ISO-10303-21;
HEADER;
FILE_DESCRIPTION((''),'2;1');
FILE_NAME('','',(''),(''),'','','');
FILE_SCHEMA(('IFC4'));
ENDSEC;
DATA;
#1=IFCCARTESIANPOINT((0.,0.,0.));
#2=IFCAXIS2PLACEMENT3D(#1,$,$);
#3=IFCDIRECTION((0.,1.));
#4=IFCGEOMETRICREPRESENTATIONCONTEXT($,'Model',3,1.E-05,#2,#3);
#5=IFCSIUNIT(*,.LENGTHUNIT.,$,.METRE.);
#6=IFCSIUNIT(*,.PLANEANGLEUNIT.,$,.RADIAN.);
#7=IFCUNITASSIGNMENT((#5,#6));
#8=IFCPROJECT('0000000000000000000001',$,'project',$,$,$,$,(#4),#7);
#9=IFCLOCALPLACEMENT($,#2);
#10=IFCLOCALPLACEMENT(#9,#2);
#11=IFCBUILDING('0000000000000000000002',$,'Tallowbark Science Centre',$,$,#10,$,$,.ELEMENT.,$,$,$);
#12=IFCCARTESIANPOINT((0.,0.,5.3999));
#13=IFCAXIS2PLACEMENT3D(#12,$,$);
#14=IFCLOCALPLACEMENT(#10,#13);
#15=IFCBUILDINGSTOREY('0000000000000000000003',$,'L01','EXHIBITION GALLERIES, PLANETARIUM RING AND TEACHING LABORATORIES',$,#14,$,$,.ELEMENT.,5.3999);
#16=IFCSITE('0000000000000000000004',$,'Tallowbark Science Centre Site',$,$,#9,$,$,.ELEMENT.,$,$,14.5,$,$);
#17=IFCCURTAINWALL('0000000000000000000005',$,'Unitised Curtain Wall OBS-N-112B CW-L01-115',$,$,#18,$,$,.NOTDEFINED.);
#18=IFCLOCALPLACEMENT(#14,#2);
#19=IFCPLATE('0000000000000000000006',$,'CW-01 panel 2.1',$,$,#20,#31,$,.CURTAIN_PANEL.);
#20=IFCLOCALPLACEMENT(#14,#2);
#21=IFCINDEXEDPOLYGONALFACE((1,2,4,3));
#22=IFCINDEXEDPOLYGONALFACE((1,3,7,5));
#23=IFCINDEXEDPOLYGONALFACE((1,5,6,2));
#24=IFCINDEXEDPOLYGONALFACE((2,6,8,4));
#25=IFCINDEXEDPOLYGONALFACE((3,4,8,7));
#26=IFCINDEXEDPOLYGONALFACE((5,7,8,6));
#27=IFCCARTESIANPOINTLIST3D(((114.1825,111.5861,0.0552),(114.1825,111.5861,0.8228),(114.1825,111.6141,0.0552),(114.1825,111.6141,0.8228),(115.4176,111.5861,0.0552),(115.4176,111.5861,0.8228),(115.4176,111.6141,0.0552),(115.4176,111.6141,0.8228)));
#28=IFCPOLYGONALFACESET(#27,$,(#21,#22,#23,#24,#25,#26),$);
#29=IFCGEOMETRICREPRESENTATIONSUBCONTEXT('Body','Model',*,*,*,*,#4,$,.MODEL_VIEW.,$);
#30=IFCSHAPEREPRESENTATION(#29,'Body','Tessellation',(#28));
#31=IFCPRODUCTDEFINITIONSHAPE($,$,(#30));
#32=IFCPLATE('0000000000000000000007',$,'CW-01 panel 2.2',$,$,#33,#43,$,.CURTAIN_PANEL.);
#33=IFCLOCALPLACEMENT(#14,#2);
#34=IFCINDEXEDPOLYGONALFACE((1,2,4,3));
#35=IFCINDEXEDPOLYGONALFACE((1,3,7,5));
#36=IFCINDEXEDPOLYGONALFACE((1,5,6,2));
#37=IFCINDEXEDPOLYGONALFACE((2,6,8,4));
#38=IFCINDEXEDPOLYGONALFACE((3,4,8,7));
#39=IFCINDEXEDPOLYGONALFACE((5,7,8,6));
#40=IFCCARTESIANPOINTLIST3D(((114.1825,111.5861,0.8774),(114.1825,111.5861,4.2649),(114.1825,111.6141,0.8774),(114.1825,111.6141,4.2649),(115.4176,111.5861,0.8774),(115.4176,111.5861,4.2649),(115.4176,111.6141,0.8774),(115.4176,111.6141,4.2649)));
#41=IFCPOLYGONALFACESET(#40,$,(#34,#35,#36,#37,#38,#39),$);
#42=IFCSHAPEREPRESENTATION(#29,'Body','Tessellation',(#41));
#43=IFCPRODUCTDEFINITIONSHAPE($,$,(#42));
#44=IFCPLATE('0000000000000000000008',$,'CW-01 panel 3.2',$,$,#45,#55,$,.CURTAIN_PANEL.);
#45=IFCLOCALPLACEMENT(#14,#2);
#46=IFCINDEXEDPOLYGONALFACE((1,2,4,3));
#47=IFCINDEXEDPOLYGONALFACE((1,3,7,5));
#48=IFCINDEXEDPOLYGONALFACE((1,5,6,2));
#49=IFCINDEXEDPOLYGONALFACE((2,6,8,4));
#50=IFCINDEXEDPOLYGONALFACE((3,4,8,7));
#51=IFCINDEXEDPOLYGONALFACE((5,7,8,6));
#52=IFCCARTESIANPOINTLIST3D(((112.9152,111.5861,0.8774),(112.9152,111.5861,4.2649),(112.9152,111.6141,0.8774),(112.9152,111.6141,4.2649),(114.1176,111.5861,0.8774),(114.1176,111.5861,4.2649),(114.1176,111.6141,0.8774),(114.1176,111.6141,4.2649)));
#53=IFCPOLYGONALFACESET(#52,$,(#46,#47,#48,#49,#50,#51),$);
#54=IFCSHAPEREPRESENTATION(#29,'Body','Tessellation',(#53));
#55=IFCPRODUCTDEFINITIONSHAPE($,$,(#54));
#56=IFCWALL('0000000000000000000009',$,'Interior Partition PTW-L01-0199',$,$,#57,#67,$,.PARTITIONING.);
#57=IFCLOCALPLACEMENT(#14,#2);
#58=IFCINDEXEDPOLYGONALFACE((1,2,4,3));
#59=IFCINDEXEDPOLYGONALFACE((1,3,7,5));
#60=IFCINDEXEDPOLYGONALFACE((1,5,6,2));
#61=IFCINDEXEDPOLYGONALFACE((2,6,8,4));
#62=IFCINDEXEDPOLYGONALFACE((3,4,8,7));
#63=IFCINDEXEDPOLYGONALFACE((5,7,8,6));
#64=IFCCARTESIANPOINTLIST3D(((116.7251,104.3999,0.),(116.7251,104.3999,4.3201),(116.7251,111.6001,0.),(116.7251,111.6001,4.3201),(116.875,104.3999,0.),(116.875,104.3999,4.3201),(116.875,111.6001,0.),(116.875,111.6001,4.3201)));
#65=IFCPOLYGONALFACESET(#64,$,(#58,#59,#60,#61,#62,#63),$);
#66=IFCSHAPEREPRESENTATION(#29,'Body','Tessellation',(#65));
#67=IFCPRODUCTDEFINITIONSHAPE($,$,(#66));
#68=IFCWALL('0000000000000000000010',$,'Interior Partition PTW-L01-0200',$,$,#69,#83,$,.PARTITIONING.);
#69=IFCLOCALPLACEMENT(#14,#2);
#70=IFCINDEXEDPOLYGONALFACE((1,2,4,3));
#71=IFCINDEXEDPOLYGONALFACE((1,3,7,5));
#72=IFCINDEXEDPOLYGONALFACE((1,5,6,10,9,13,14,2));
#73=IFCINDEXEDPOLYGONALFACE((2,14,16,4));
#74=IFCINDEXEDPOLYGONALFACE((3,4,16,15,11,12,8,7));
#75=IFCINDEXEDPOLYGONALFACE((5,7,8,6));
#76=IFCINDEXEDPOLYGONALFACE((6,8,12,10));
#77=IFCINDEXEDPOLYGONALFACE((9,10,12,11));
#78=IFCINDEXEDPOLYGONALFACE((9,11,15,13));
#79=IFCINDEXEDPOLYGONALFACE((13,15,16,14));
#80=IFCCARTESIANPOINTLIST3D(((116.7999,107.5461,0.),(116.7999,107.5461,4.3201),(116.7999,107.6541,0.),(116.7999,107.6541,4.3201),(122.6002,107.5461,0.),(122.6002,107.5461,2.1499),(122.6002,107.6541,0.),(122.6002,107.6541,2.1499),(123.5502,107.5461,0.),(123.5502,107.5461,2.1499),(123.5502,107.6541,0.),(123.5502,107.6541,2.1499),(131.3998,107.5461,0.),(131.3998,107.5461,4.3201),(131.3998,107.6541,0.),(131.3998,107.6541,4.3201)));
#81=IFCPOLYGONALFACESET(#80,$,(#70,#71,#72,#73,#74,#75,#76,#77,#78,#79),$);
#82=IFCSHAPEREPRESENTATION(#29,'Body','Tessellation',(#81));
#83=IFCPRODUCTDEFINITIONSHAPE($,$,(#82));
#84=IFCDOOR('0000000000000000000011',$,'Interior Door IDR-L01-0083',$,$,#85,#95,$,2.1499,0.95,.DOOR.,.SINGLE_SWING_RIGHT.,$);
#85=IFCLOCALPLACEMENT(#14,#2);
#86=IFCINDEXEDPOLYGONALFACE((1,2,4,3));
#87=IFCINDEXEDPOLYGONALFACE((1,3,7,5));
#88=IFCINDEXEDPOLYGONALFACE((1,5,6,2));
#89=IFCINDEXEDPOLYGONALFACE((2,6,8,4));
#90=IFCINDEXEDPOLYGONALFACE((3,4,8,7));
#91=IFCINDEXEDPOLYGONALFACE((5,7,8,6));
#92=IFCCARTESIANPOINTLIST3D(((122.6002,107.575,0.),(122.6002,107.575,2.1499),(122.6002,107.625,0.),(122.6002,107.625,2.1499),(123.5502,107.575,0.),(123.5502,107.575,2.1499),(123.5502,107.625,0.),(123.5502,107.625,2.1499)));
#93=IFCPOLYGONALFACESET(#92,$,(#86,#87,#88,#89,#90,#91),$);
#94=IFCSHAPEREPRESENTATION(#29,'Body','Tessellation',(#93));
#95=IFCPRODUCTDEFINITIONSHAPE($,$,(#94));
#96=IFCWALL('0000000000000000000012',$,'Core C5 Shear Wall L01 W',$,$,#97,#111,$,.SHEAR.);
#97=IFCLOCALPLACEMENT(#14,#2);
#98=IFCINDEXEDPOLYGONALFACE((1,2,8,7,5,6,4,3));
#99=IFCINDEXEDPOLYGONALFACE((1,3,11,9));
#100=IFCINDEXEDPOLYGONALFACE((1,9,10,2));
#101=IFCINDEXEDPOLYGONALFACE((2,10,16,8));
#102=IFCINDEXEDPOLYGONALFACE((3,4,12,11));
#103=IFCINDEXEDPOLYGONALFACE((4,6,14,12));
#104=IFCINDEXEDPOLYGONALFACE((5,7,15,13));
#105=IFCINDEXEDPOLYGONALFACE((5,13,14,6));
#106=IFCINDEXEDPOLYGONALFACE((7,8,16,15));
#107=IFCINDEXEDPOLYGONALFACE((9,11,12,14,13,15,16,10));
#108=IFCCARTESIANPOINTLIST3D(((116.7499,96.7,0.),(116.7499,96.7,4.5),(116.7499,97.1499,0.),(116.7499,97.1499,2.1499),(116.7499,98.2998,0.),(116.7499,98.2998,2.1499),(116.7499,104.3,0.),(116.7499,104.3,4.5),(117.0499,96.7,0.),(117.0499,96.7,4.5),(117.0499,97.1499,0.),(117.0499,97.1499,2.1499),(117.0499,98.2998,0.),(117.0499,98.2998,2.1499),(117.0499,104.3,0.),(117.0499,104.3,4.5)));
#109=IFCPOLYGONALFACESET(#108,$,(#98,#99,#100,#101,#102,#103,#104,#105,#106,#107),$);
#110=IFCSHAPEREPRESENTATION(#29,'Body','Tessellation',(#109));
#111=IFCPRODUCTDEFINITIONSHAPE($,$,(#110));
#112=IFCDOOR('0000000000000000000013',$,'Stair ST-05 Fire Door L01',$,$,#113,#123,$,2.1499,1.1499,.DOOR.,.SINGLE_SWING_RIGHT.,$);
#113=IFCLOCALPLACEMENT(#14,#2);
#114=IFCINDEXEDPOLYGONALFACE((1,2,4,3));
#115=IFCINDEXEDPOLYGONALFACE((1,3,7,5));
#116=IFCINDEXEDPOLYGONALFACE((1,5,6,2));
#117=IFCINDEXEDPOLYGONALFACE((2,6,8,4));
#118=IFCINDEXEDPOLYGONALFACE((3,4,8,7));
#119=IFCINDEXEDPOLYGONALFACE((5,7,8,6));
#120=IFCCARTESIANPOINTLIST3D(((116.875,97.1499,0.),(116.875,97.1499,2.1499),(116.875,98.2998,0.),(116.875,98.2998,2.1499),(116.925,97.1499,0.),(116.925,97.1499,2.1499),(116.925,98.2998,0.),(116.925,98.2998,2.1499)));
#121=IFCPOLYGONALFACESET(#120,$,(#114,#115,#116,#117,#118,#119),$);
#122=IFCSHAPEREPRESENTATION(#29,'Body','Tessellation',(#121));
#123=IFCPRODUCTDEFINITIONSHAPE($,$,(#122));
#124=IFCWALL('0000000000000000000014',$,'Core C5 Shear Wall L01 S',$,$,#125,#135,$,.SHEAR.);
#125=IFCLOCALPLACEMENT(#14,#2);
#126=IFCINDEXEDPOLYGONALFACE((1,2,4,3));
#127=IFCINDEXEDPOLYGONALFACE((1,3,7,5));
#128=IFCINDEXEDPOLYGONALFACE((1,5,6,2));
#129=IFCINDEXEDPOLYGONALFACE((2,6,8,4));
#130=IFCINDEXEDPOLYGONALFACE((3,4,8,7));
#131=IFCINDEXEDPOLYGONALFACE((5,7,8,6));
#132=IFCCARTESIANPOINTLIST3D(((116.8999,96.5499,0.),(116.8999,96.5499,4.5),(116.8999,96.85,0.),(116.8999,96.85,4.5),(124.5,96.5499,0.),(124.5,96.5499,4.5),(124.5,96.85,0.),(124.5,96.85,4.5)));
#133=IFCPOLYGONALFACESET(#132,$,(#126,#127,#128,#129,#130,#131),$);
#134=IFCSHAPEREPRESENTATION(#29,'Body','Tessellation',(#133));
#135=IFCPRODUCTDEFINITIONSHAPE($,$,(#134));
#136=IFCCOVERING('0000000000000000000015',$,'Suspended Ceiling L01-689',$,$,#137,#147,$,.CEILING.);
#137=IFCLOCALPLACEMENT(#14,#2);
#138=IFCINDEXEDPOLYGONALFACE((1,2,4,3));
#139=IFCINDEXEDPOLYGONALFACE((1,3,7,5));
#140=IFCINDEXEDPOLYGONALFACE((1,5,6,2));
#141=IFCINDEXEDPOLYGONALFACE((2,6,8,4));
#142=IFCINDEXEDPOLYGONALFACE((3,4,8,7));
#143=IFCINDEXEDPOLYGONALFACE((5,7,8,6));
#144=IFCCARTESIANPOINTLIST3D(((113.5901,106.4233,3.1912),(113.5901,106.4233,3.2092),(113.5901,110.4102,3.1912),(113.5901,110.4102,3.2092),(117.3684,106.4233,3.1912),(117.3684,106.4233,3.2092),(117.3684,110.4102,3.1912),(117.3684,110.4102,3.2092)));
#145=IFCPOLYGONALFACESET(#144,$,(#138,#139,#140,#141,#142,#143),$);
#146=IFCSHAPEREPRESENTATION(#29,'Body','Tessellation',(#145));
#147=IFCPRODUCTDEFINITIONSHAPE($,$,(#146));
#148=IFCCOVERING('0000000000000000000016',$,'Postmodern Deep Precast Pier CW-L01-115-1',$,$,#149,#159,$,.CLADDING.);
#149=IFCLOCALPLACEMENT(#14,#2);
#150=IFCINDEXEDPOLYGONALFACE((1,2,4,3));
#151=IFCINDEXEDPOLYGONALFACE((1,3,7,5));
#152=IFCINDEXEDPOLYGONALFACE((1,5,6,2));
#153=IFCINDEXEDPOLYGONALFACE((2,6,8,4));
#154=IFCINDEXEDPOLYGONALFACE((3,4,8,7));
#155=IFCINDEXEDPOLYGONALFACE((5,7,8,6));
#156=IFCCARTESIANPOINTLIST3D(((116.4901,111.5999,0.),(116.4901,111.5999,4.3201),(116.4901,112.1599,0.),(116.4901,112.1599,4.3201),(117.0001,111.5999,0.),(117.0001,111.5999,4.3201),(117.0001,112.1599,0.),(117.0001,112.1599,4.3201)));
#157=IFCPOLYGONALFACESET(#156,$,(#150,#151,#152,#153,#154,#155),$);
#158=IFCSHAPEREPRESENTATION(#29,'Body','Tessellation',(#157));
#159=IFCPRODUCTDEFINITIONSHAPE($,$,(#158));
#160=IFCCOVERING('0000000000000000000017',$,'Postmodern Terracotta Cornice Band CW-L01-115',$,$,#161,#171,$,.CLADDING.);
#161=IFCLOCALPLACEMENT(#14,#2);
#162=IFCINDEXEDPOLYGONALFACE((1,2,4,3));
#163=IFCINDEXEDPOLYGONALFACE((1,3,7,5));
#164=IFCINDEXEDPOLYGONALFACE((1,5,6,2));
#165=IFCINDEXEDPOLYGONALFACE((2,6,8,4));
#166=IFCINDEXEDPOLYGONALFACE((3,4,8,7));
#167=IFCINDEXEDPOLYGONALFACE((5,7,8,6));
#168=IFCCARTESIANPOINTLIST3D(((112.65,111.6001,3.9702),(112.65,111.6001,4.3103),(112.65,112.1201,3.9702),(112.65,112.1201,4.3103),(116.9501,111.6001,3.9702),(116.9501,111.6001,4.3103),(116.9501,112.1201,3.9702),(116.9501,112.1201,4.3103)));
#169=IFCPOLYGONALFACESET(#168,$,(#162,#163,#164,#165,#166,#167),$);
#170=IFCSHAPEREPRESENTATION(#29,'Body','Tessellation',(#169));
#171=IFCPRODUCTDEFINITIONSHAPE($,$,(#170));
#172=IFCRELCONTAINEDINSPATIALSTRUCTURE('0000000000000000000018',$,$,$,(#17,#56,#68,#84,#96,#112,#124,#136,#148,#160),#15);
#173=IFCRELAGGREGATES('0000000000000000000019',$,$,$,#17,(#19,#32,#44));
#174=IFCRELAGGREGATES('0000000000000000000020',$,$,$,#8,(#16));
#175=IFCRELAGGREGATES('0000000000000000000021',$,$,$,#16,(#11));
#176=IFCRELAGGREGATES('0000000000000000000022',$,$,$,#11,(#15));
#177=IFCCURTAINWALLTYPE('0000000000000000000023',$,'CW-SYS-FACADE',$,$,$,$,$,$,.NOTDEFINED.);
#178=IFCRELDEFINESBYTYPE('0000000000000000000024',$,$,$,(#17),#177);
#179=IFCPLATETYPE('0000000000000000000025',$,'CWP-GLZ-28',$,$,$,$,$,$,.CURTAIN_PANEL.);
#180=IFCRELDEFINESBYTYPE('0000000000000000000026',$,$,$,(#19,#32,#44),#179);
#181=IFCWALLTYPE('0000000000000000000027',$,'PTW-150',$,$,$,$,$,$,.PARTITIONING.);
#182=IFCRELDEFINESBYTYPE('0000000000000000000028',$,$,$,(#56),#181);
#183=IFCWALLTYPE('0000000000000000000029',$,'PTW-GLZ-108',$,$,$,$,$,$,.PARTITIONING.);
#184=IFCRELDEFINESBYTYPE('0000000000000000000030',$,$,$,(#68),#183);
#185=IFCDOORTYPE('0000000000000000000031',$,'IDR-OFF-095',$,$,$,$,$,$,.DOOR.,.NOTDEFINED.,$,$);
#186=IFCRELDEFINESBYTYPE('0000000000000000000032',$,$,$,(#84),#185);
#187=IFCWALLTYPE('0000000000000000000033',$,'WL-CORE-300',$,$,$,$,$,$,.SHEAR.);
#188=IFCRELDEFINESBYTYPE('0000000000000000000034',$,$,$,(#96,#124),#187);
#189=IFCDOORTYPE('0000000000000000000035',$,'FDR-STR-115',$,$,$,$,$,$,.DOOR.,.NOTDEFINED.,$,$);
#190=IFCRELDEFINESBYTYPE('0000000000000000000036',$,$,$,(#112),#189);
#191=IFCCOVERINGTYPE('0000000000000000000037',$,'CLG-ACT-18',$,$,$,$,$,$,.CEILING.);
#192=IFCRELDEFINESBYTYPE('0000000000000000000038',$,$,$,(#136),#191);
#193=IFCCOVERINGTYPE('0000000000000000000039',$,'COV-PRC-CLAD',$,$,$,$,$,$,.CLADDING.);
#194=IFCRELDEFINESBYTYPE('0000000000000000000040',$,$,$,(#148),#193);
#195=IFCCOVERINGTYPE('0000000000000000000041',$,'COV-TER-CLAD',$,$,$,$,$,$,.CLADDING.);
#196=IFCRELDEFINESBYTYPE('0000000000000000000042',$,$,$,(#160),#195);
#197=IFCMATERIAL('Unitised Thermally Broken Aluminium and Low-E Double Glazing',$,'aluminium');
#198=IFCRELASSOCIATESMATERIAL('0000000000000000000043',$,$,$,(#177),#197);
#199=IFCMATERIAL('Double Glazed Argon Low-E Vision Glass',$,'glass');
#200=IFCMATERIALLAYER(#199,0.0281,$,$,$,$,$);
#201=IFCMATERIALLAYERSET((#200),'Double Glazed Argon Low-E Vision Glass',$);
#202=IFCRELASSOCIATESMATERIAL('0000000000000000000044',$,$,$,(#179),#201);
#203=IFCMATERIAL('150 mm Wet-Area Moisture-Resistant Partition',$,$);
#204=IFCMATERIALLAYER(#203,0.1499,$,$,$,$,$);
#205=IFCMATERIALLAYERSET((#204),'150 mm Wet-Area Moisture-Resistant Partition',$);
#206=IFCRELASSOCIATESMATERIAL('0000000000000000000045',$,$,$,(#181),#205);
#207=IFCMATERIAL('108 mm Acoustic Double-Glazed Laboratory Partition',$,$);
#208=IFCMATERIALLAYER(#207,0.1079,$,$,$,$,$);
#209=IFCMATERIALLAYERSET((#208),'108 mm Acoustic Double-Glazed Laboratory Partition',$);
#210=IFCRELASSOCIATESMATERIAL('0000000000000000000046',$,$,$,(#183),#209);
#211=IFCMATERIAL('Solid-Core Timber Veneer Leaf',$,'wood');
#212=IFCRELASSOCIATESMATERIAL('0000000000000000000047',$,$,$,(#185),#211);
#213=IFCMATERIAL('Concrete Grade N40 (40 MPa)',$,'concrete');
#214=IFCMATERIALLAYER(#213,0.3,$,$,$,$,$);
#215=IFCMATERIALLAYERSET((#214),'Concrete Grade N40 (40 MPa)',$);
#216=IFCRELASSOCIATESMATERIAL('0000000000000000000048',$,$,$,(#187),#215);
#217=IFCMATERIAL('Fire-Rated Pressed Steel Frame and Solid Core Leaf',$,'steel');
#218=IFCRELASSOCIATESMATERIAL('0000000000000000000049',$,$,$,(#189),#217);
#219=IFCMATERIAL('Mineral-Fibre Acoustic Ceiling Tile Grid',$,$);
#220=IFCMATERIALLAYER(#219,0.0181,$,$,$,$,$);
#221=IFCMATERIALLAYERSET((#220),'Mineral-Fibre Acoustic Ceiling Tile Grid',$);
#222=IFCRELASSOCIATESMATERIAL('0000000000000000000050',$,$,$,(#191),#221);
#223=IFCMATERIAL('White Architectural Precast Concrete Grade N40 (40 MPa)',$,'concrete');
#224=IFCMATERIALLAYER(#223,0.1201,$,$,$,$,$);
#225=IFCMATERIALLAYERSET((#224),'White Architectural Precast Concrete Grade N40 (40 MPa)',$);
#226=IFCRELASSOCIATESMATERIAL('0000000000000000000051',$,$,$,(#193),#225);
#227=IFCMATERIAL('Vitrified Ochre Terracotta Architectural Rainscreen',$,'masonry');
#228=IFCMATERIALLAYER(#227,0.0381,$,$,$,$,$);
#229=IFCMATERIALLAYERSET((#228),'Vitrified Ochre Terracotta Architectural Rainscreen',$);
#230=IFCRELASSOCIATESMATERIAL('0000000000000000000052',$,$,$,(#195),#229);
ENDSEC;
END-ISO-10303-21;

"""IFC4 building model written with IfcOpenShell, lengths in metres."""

from ifc_helpers import new_model, si_unit, direction, frame, frame_2d, origin, origin_2d, place, context, subcontext, project, spatial, rectangle, extrude, material, layer, layer_set, type_object, element, fill, aggregate, save


model = new_model("IFC4")

# Units and contexts
model_context = context("Model", 3, precision=1e-05, world=origin(), true_north=direction((0.0, 1.0)))
body_context = subcontext(model_context, "Body", "Model", "MODEL_VIEW")
ifc_project = project(units=[si_unit("LENGTHUNIT", "METRE"), si_unit("PLANEANGLEUNIT", "RADIAN")], contexts=[model_context])

# Site, building, storey
site_placement = place(None, origin())
site = spatial("IfcSite", under=ifc_project, at=site_placement, Name="Tallowbark Science Centre Site", CompositionType="ELEMENT", RefElevation=14.5)
building_placement = place(site_placement, origin())
building = spatial("IfcBuilding", under=site, at=building_placement, Name="Tallowbark Science Centre", CompositionType="ELEMENT")
storey_placement = place(building_placement, frame((0.0, 0.0, 5.3999)))
storey = spatial("IfcBuildingStorey", under=building, at=storey_placement, Name="L01", Description="EXHIBITION GALLERIES, PLANETARIUM RING AND TEACHING LABORATORIES", CompositionType="ELEMENT", Elevation=5.3999)

# Curtain wall, plates
ifc_material_1 = material(Name="Unitised Thermally Broken Aluminium and Low-E Double Glazing", Category="aluminium")
curtain_wall_type = type_object("IfcCurtainWallType", Name="CW-SYS-FACADE", PredefinedType="NOTDEFINED", material=ifc_material_1)
curtain_wall_placement = place(storey_placement, origin())
curtain_wall = element("IfcCurtainWall", 1, at=curtain_wall_placement, inside=storey, type_object=curtain_wall_type, Name="Unitised Curtain Wall OBS-N-112B CW-L01-115", PredefinedType="NOTDEFINED")
ifc_material_2 = material(Name="Double Glazed Argon Low-E Vision Glass", Category="glass")
ifc_layer_1 = layer(ifc_material_2, 0.0281)
ifc_layer_set_1 = layer_set([ifc_layer_1], Name="Double Glazed Argon Low-E Vision Glass")
plate_type = type_object("IfcPlateType", Name="CWP-GLZ-28", PredefinedType="CURTAIN_PANEL", material=ifc_layer_set_1)
plate_1_placement = place(storey_placement, frame((114.8, 111.6001, 0.0552), z_axis=(0.0, 0.0, 1.0), x_axis=(-1.0, 0.0, 0.0)))
plate_1 = element("IfcPlate", 2, at=plate_1_placement, type_object=plate_type, Name="CW-01 panel 2.1", PredefinedType="CURTAIN_PANEL", context=body_context, shape_type="SweptSolid", body=[
    extrude(rectangle(XDim=1.2351, YDim=0.0281, at=origin_2d()), origin(), (0.0, 0.0, 1.0), 0.7676),
])
plate_2_placement = place(storey_placement, frame((114.8, 111.6001, 0.8774), z_axis=(0.0, 0.0, 1.0), x_axis=(-1.0, 0.0, 0.0)))
plate_2 = element("IfcPlate", 3, at=plate_2_placement, type_object=plate_type, Name="CW-01 panel 2.2", PredefinedType="CURTAIN_PANEL", context=body_context, shape_type="SweptSolid", body=[
    extrude(rectangle(XDim=1.2351, YDim=0.0281, at=origin_2d()), origin(), (0.0, 0.0, 1.0), 3.3875),
])
plate_3_placement = place(storey_placement, frame((113.5164, 111.6001, 0.8774), z_axis=(0.0, 0.0, 1.0), x_axis=(-1.0, 0.0, 0.0)))
plate_3 = element("IfcPlate", 4, at=plate_3_placement, type_object=plate_type, Name="CW-01 panel 3.2", PredefinedType="CURTAIN_PANEL", context=body_context, shape_type="SweptSolid", body=[
    extrude(rectangle(XDim=1.2024, YDim=0.0281, at=origin_2d()), origin(), (0.0, 0.0, 1.0), 3.3875),
])
aggregate(curtain_wall, [plate_1, plate_2, plate_3])

# Wall
ifc_material_3 = material(Name="150 mm Wet-Area Moisture-Resistant Partition")
ifc_layer_2 = layer(ifc_material_3, 0.1499)
ifc_layer_set_2 = layer_set([ifc_layer_2], Name="150 mm Wet-Area Moisture-Resistant Partition")
wall_type_1 = type_object("IfcWallType", Name="PTW-150", PredefinedType="PARTITIONING", material=ifc_layer_set_2)
wall_1_placement = place(storey_placement, frame((116.8, 104.3999, 0.0), z_axis=(0.0, 0.0, 1.0), x_axis=(0.0, 1.0, 0.0)))
element("IfcWall", 5, at=wall_1_placement, inside=storey, type_object=wall_type_1, Name="Interior Partition PTW-L01-0199", PredefinedType="PARTITIONING", context=body_context, shape_type="SweptSolid", body=[
    extrude(rectangle(XDim=7.2002, YDim=0.1499, at=frame_2d((3.6001, 0.0))), origin(), (0.0, 0.0, 1.0), 4.3201),
])

# Walls, openings, doors
ifc_material_4 = material(Name="108 mm Acoustic Double-Glazed Laboratory Partition")
ifc_layer_3 = layer(ifc_material_4, 0.1079)
ifc_layer_set_3 = layer_set([ifc_layer_3], Name="108 mm Acoustic Double-Glazed Laboratory Partition")
wall_type_2 = type_object("IfcWallType", Name="PTW-GLZ-108", PredefinedType="PARTITIONING", material=ifc_layer_set_3)
wall_2_placement = place(storey_placement, frame((116.8, 107.6001, 0.0), z_axis=(0.0, 0.0, 1.0), x_axis=(1.0, 0.0, 0.0)))
wall_2 = element("IfcWall", 6, at=wall_2_placement, inside=storey, type_object=wall_type_2, Name="Interior Partition PTW-L01-0200", PredefinedType="PARTITIONING", context=body_context, shape_type="SweptSolid", body=[
    extrude(rectangle(XDim=14.5999, YDim=0.1079, at=frame_2d((7.2998, 0.0))), origin(), (0.0, 0.0, 1.0), 4.3201),
])
opening_1_placement = place(wall_2_placement, frame((5.8, 0.0, 0.0)))
opening_1 = element("IfcOpeningElement", 7, at=opening_1_placement, cuts=wall_2, PredefinedType="OPENING", context=body_context, shape_type="SweptSolid", body=[
    extrude(rectangle(XDim=0.95, YDim=2.1499, at=frame_2d((0.4751, 1.075))), frame((0.0, 0.064, 0.0), z_axis=(0.0, -1.0, 0.0), x_axis=(1.0, 0.0, 0.0)), (0.0, 0.0, 1.0), 0.1279),
])
ifc_material_5 = material(Name="Solid-Core Timber Veneer Leaf", Category="wood")
door_type_1 = type_object("IfcDoorType", Name="IDR-OFF-095", OperationType="NOTDEFINED", PredefinedType="DOOR", material=ifc_material_5)
door_1_placement = place(opening_1_placement, origin())
door_1 = element("IfcDoor", 8, at=door_1_placement, inside=storey, type_object=door_type_1, Name="Interior Door IDR-L01-0083", OperationType="SINGLE_SWING_RIGHT", OverallHeight=2.1499, OverallWidth=0.95, PredefinedType="DOOR", context=body_context, shape_type="SweptSolid", body=[
    extrude(rectangle(XDim=0.95, YDim=2.1499, at=frame_2d((0.4751, 1.075))), frame((0.0, 0.0249, 0.0), z_axis=(0.0, -1.0, 0.0), x_axis=(1.0, 0.0, 0.0)), (0.0, 0.0, 1.0), 0.05),
])
fill(opening_1, door_1)
ifc_material_6 = material(Name="Concrete Grade N40 (40 MPa)", Category="concrete")
ifc_layer_4 = layer(ifc_material_6, 0.3)
ifc_layer_set_4 = layer_set([ifc_layer_4], Name="Concrete Grade N40 (40 MPa)")
wall_type_3 = type_object("IfcWallType", Name="WL-CORE-300", PredefinedType="SHEAR", material=ifc_layer_set_4)
wall_3_placement = place(storey_placement, frame((116.8999, 96.7, 0.0), z_axis=(0.0, 0.0, 1.0), x_axis=(0.0, 1.0, 0.0)))
wall_3 = element("IfcWall", 9, at=wall_3_placement, inside=storey, type_object=wall_type_3, Name="Core C5 Shear Wall L01 W", PredefinedType="SHEAR", context=body_context, shape_type="SweptSolid", body=[
    extrude(rectangle(XDim=7.6001, YDim=0.3, at=frame_2d((3.8, 0.0))), origin(), (0.0, 0.0, 1.0), 4.5),
])
opening_2_placement = place(wall_3_placement, frame((0.45, 0.0, 0.0)))
opening_2 = element("IfcOpeningElement", 10, at=opening_2_placement, cuts=wall_3, PredefinedType="OPENING", context=body_context, shape_type="SweptSolid", body=[
    extrude(rectangle(XDim=1.1499, YDim=2.1499, at=frame_2d((0.575, 1.075))), frame((0.0, 0.1602, 0.0), z_axis=(0.0, -1.0, 0.0), x_axis=(1.0, 0.0, 0.0)), (0.0, 0.0, 1.0), 0.3201),
])
ifc_material_7 = material(Name="Fire-Rated Pressed Steel Frame and Solid Core Leaf", Category="steel")
door_type_2 = type_object("IfcDoorType", Name="FDR-STR-115", OperationType="NOTDEFINED", PredefinedType="DOOR", material=ifc_material_7)
door_2_placement = place(opening_2_placement, origin())
door_2 = element("IfcDoor", 11, at=door_2_placement, inside=storey, type_object=door_type_2, Name="Stair ST-05 Fire Door L01", OperationType="SINGLE_SWING_RIGHT", OverallHeight=2.1499, OverallWidth=1.1499, PredefinedType="DOOR", context=body_context, shape_type="SweptSolid", body=[
    extrude(rectangle(XDim=1.1499, YDim=2.1499, at=frame_2d((0.575, 1.075))), frame((0.0, 0.0249, 0.0), z_axis=(0.0, -1.0, 0.0), x_axis=(1.0, 0.0, 0.0)), (0.0, 0.0, 1.0), 0.05),
])
fill(opening_2, door_2)

# Wall
wall_4_placement = place(storey_placement, frame((116.8999, 96.7, 0.0), z_axis=(0.0, 0.0, 1.0), x_axis=(1.0, 0.0, 0.0)))
element("IfcWall", 12, at=wall_4_placement, inside=storey, type_object=wall_type_3, Name="Core C5 Shear Wall L01 S", PredefinedType="SHEAR", context=body_context, shape_type="SweptSolid", body=[
    extrude(rectangle(XDim=7.6001, YDim=0.3, at=frame_2d((3.8, 0.0))), origin(), (0.0, 0.0, 1.0), 4.5),
])

# Coverings
ifc_material_8 = material(Name="Mineral-Fibre Acoustic Ceiling Tile Grid")
ifc_layer_5 = layer(ifc_material_8, 0.0181)
ifc_layer_set_5 = layer_set([ifc_layer_5], Name="Mineral-Fibre Acoustic Ceiling Tile Grid")
covering_type_1 = type_object("IfcCoveringType", Name="CLG-ACT-18", PredefinedType="CEILING", material=ifc_layer_set_5)
covering_1_placement = place(storey_placement, frame((115.4792, 108.4167, 3.1912), z_axis=(0.0, 0.0, 1.0), x_axis=(1.0, 0.0, 0.0)))
element("IfcCovering", 13, at=covering_1_placement, inside=storey, type_object=covering_type_1, Name="Suspended Ceiling L01-689", PredefinedType="CEILING", context=body_context, shape_type="SweptSolid", body=[
    extrude(rectangle(XDim=3.7783, YDim=3.9868, at=origin_2d()), origin(), (0.0, 0.0, 1.0), 0.0181),
])
ifc_material_9 = material(Name="White Architectural Precast Concrete Grade N40 (40 MPa)", Category="concrete")
ifc_layer_6 = layer(ifc_material_9, 0.1201)
ifc_layer_set_6 = layer_set([ifc_layer_6], Name="White Architectural Precast Concrete Grade N40 (40 MPa)")
covering_type_2 = type_object("IfcCoveringType", Name="COV-PRC-CLAD", PredefinedType="CLADDING", material=ifc_layer_set_6)
covering_2_placement = place(storey_placement, frame((116.7451, 111.8799, 0.0), z_axis=(0.0, 0.0, 1.0), x_axis=(-1.0, 0.0, 0.0)))
element("IfcCovering", 14, at=covering_2_placement, inside=storey, type_object=covering_type_2, Name="Postmodern Deep Precast Pier CW-L01-115-1", PredefinedType="CLADDING", context=body_context, shape_type="SweptSolid", body=[
    extrude(rectangle(XDim=0.51, YDim=0.5601, at=origin_2d()), origin(), (0.0, 0.0, 1.0), 4.3201),
])
ifc_material_10 = material(Name="Vitrified Ochre Terracotta Architectural Rainscreen", Category="masonry")
ifc_layer_7 = layer(ifc_material_10, 0.0381)
ifc_layer_set_7 = layer_set([ifc_layer_7], Name="Vitrified Ochre Terracotta Architectural Rainscreen")
covering_type_3 = type_object("IfcCoveringType", Name="COV-TER-CLAD", PredefinedType="CLADDING", material=ifc_layer_set_7)
covering_3_placement = place(storey_placement, frame((114.8, 111.8601, 3.9702), z_axis=(0.0, 0.0, 1.0), x_axis=(-1.0, 0.0, 0.0)))
element("IfcCovering", 15, at=covering_3_placement, inside=storey, type_object=covering_type_3, Name="Postmodern Terracotta Cornice Band CW-L01-115", PredefinedType="CLADDING", context=body_context, shape_type="SweptSolid", body=[
    extrude(rectangle(XDim=4.3, YDim=0.52, at=origin_2d()), origin(), (0.0, 0.0, 1.0), 0.3401),
])

save(model, "model.ifc")
